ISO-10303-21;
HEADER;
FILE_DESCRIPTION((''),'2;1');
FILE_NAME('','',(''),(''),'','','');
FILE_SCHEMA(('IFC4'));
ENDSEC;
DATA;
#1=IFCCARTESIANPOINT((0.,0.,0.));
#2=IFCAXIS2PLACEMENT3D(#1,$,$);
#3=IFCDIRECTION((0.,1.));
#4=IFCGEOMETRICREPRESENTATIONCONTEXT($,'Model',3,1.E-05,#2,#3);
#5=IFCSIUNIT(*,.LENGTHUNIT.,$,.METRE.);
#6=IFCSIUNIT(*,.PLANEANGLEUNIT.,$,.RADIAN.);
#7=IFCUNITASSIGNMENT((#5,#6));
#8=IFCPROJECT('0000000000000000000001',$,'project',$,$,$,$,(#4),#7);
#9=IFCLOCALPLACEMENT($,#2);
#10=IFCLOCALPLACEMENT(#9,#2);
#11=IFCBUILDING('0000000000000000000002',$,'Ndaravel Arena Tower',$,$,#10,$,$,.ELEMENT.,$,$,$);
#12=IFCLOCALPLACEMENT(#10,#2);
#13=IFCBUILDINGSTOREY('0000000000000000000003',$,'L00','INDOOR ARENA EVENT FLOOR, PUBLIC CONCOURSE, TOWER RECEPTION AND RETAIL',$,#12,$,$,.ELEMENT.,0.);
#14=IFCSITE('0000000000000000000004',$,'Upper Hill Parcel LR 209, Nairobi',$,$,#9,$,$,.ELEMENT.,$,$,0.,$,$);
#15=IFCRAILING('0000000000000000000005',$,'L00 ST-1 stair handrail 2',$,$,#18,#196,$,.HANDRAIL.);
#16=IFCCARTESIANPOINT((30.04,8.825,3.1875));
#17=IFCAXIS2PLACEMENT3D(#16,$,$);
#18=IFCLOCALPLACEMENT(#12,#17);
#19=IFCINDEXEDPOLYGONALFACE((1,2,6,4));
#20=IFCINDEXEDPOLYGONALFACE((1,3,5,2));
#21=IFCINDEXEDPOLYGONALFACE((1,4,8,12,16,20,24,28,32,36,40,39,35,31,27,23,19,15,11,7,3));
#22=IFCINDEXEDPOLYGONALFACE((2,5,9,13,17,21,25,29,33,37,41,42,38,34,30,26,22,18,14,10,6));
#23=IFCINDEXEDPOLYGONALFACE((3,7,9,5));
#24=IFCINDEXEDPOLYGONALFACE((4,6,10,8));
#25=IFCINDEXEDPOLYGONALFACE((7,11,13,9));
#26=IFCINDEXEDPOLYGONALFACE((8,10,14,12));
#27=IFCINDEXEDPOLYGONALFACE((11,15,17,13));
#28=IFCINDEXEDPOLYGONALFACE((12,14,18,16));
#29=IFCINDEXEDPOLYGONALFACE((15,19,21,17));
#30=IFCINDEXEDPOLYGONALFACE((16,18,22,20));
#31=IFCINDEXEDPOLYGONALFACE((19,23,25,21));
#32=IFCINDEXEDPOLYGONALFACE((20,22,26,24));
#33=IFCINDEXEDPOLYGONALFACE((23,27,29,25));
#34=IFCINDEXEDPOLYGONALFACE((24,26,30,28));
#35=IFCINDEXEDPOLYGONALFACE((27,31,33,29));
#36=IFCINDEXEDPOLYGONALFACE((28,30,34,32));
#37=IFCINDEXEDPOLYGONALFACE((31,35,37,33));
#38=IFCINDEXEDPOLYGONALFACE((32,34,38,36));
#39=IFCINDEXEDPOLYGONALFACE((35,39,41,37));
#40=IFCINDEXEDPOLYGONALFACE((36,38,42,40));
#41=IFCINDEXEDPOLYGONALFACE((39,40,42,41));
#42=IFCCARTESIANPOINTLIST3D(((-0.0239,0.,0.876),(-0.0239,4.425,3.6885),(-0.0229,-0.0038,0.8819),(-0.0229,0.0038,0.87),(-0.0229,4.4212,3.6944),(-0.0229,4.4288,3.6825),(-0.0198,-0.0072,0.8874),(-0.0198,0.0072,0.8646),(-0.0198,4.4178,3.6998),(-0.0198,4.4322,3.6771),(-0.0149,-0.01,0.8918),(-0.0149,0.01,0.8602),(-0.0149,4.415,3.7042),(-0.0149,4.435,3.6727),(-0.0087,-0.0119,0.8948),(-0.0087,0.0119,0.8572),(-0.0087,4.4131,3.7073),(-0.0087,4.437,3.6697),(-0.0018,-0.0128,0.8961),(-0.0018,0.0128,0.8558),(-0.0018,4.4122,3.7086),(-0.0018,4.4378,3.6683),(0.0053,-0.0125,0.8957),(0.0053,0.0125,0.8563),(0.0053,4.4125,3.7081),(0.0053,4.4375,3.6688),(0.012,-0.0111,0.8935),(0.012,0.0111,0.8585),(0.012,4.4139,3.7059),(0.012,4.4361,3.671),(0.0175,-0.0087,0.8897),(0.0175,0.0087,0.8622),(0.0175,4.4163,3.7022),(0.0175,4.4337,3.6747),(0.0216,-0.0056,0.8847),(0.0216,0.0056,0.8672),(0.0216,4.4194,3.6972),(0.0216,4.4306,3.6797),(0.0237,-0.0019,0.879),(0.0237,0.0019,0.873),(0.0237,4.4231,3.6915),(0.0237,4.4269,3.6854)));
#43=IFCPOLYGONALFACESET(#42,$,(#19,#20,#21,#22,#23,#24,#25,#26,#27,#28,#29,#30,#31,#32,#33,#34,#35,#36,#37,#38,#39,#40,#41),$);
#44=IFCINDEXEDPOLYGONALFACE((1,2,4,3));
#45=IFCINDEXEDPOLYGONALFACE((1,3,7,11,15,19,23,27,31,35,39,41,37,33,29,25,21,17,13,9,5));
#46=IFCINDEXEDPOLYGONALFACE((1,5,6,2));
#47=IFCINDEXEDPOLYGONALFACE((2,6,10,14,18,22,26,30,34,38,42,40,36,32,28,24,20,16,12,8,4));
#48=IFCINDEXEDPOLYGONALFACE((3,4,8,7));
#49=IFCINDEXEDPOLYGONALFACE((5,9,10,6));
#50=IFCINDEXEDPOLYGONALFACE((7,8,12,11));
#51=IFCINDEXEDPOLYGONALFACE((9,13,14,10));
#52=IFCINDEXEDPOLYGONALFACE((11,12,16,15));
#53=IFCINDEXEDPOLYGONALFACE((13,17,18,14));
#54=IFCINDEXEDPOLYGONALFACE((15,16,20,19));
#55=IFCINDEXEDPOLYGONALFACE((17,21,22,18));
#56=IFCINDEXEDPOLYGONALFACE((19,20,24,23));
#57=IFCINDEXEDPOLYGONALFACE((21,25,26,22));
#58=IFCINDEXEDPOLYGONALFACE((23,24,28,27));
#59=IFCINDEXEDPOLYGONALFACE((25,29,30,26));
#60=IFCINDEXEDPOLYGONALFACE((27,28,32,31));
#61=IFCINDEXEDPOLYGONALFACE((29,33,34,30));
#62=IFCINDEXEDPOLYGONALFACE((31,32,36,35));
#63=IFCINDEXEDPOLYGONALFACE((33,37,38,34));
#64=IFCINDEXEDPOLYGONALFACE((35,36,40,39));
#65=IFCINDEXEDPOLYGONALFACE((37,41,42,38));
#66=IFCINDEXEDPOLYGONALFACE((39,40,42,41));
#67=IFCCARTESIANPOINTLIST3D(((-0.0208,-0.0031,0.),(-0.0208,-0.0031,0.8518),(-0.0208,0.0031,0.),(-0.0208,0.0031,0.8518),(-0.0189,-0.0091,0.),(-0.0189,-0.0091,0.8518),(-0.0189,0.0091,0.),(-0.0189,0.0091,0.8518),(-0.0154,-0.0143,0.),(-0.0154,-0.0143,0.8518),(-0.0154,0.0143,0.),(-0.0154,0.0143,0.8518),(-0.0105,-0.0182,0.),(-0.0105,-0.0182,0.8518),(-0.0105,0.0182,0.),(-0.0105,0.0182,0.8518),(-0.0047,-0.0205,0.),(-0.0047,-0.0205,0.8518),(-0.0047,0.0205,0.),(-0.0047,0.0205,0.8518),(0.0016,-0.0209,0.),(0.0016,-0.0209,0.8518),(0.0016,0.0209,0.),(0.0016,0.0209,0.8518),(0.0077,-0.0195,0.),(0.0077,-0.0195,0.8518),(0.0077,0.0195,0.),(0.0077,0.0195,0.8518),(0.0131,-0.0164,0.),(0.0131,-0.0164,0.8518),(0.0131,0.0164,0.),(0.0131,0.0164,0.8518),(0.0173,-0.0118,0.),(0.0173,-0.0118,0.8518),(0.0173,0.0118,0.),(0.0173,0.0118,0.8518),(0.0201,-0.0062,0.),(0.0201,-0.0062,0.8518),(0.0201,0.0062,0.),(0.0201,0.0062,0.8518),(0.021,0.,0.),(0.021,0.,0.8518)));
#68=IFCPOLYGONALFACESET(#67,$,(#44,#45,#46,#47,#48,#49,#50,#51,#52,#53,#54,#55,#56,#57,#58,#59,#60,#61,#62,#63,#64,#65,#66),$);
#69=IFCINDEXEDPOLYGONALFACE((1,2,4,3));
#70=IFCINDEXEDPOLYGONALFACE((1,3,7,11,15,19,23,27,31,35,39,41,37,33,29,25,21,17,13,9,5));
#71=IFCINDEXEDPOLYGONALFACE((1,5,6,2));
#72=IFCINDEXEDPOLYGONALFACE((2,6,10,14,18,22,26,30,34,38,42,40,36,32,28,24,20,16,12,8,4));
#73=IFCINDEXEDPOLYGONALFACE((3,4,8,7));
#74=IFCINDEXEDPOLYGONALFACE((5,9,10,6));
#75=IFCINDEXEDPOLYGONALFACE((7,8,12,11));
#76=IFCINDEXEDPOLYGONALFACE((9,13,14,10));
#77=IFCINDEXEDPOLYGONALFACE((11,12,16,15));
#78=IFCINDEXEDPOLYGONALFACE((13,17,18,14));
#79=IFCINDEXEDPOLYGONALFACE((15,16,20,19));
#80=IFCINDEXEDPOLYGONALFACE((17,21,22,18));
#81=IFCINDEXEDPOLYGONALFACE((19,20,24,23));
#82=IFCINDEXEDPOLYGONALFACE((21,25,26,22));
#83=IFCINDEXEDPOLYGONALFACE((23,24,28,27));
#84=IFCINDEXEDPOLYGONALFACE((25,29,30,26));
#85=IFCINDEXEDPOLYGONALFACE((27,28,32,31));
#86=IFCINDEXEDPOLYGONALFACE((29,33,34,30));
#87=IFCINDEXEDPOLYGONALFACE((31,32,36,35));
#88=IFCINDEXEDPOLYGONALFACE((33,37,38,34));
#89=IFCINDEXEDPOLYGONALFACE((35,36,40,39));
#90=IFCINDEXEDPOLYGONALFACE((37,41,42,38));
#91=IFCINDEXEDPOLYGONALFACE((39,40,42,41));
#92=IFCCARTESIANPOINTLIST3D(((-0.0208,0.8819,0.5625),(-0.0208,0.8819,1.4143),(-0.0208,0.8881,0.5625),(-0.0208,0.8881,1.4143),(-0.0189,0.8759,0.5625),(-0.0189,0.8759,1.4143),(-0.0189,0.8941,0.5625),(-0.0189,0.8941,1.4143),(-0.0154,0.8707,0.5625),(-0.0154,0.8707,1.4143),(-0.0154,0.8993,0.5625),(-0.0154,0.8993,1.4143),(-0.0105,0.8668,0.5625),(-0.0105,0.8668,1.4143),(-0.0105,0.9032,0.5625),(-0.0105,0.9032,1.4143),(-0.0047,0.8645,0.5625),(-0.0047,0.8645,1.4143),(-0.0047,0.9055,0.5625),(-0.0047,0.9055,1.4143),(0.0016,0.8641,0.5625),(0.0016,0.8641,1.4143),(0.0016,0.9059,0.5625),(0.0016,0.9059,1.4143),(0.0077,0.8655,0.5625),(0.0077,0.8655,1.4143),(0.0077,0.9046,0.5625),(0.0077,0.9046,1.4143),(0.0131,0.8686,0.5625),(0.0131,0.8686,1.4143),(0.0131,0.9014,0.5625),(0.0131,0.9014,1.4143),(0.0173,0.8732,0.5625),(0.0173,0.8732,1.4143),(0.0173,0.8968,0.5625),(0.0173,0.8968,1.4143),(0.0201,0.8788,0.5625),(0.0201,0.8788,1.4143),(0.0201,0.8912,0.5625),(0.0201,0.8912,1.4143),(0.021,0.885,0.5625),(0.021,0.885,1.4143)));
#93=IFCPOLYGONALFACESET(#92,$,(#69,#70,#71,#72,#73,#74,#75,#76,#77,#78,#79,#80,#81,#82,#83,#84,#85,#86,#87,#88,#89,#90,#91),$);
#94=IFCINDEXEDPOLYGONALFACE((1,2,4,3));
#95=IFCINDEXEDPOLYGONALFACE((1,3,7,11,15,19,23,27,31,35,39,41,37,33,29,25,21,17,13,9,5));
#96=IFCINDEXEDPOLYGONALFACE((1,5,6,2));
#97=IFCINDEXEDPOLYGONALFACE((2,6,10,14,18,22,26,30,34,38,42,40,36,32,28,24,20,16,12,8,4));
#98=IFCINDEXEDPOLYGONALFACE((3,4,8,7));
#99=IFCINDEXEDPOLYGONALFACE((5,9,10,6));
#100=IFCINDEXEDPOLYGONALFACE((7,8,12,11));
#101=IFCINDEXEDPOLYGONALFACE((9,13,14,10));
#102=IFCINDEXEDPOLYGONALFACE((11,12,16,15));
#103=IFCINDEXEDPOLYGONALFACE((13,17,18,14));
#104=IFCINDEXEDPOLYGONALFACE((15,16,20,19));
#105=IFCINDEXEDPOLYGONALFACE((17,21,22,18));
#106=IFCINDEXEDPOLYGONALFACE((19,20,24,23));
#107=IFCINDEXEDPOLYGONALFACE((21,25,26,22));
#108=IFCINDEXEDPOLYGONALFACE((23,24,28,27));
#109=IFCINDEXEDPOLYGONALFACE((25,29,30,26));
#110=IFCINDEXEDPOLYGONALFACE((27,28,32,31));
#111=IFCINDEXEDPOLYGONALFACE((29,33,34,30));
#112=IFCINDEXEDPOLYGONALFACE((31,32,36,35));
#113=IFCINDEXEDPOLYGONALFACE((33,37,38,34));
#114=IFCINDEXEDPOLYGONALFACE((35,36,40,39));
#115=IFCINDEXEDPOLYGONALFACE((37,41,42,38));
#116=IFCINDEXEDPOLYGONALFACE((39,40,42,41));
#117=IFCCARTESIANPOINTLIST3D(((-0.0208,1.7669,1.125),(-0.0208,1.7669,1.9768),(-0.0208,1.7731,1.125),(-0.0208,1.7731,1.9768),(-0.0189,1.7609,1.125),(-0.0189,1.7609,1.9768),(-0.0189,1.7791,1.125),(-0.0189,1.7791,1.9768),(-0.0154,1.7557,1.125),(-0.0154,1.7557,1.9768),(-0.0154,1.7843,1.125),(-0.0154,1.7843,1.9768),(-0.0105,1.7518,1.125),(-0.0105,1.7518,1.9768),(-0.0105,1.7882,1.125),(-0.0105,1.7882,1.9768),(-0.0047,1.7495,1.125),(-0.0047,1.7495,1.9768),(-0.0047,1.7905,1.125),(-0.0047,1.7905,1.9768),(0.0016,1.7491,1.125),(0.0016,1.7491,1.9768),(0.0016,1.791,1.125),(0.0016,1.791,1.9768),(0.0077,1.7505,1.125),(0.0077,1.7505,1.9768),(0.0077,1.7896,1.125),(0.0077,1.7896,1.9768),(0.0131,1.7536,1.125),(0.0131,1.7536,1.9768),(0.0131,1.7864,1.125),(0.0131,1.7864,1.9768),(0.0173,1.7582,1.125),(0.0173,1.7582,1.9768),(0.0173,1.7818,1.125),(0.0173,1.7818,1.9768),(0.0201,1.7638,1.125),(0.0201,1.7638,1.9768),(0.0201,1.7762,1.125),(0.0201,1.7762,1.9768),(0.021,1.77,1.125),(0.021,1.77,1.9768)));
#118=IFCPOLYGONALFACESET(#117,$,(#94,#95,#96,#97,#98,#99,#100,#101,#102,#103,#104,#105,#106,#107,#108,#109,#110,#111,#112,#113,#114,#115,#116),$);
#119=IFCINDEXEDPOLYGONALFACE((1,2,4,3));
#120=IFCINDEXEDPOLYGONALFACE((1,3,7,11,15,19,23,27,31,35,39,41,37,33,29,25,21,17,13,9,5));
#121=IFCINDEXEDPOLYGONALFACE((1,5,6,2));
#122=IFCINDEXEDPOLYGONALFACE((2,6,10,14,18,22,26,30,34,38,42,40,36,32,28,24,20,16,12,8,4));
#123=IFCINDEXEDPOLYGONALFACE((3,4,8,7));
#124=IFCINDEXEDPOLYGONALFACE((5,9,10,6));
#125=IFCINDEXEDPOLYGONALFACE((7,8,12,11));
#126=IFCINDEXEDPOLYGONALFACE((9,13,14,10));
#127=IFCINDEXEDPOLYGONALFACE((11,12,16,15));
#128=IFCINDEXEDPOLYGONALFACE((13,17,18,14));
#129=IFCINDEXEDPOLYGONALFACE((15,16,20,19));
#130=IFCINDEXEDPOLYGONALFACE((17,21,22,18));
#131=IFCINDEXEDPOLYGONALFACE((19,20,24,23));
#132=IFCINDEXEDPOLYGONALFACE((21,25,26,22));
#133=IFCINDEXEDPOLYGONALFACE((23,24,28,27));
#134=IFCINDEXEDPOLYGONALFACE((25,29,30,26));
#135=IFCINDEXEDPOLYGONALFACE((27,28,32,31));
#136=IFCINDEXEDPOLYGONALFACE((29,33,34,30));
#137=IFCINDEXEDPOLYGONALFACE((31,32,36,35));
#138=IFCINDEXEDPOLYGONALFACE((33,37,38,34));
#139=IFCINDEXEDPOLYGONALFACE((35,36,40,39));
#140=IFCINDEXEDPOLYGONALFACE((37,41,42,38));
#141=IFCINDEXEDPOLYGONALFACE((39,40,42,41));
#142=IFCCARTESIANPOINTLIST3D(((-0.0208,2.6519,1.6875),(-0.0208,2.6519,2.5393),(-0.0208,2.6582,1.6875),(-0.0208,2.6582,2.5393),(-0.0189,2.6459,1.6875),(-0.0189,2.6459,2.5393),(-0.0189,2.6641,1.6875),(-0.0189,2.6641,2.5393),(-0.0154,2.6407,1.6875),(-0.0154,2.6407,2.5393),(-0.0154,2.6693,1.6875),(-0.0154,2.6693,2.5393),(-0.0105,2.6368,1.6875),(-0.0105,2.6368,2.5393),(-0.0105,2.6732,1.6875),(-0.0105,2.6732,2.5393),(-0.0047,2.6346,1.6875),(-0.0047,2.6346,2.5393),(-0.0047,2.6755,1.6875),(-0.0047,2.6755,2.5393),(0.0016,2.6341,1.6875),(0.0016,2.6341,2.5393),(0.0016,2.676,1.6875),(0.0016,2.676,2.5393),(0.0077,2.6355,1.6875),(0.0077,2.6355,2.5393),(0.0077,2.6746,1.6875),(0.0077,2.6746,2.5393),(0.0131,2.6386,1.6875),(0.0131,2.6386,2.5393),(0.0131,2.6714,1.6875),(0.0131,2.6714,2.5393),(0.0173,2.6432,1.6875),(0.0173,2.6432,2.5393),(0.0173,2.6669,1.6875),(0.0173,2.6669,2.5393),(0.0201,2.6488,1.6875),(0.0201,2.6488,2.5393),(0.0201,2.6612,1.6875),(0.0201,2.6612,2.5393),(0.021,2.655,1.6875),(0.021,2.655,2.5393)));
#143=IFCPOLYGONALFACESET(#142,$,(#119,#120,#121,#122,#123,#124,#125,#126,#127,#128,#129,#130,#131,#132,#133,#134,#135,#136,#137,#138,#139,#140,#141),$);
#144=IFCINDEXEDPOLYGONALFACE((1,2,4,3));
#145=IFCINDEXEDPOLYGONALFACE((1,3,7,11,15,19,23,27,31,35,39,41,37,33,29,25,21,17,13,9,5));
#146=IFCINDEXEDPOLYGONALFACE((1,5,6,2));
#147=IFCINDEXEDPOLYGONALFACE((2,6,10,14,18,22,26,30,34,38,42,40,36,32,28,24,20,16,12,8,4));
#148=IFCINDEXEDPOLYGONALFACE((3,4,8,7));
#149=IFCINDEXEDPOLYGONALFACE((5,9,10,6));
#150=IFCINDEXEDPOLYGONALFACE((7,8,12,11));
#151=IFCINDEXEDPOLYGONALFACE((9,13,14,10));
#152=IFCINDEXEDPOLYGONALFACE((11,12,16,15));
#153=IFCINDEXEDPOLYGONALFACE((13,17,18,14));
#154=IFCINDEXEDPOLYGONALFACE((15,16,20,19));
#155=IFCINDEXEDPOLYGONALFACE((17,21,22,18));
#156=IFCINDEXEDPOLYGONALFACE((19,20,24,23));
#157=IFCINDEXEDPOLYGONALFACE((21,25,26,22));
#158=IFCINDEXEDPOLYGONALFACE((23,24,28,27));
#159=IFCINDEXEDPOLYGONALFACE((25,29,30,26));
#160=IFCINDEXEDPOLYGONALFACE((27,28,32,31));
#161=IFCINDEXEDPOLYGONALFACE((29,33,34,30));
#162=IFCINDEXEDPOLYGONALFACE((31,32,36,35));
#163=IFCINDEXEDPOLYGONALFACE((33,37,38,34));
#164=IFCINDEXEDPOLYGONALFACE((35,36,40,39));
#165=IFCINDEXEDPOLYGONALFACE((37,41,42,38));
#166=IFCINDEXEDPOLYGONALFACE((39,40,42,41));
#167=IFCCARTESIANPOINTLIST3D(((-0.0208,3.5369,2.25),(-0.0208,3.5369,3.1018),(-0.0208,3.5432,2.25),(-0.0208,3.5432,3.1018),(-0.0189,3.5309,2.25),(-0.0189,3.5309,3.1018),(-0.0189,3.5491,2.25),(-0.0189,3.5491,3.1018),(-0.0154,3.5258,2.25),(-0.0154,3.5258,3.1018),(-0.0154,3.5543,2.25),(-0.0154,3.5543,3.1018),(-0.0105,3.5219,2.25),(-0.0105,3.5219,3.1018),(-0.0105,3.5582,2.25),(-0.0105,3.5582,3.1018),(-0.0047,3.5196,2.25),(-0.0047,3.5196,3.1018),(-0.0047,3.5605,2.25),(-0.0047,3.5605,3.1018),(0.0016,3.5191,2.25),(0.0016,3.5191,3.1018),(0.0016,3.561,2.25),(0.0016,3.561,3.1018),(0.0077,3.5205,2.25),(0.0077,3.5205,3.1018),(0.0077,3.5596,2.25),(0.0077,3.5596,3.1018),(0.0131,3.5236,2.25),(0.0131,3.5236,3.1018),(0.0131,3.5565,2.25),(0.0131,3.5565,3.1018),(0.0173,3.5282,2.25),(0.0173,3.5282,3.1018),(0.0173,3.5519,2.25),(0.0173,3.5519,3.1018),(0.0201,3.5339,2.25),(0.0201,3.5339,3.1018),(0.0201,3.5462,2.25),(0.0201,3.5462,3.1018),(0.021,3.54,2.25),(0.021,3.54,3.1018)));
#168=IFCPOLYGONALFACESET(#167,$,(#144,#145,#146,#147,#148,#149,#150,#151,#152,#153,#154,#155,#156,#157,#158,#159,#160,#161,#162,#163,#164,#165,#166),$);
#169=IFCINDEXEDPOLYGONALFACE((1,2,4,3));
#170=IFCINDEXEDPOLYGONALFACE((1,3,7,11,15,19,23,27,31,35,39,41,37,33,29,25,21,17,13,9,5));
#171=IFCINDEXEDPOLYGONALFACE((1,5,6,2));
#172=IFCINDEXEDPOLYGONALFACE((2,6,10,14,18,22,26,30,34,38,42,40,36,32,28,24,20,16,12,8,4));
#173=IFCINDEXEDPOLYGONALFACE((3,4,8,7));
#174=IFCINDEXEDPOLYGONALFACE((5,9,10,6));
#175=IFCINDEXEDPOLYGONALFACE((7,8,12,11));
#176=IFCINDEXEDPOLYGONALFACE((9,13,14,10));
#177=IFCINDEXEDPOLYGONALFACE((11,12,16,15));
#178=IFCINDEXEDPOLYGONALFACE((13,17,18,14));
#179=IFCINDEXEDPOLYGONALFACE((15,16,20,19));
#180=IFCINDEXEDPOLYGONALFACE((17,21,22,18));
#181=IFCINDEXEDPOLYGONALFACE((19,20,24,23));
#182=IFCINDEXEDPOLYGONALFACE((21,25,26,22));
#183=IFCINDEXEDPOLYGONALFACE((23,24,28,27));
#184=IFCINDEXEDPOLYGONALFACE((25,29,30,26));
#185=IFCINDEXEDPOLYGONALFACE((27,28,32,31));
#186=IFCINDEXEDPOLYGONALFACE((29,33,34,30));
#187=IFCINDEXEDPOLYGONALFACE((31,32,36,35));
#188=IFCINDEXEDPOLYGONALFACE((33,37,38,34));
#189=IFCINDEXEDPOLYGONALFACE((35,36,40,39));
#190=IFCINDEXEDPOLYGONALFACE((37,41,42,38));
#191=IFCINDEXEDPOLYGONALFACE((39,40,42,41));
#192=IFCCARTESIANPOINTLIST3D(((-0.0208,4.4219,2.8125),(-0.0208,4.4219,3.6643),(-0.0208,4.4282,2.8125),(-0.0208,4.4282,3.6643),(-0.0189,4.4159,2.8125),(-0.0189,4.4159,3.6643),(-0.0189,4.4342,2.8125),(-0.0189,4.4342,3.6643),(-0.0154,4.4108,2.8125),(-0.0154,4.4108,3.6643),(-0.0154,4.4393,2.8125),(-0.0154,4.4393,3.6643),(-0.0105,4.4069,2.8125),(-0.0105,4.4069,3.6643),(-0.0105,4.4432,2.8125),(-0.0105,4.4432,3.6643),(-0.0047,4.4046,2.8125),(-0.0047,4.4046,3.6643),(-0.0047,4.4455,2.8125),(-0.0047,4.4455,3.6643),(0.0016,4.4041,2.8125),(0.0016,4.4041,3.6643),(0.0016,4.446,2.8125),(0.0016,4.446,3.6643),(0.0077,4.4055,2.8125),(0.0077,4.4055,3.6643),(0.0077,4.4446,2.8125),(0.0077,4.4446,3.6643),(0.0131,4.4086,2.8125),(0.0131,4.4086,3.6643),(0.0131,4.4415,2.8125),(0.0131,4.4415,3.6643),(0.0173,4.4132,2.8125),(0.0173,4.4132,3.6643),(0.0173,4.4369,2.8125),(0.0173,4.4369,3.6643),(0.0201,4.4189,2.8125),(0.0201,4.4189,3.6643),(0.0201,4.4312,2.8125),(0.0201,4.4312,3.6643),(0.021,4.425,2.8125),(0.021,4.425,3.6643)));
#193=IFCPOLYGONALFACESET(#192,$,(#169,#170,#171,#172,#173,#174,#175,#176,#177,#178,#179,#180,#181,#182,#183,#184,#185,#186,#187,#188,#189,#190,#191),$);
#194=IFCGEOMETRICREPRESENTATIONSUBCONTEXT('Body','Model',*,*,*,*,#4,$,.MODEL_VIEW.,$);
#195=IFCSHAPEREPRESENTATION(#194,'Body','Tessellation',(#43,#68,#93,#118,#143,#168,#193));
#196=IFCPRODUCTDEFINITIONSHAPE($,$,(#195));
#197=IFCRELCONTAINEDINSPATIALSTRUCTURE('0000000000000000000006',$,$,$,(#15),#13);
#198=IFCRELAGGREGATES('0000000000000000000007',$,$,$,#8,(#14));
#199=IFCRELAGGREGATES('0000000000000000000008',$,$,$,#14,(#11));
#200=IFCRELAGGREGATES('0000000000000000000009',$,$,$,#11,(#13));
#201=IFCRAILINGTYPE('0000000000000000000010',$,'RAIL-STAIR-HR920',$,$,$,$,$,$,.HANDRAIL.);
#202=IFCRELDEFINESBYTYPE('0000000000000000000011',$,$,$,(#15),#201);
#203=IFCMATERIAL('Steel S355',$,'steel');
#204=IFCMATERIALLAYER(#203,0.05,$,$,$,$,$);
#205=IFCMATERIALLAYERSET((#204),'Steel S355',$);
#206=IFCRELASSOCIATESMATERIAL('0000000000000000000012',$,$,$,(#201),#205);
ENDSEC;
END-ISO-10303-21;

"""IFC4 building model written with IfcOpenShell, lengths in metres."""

from ifc_helpers import new_model, si_unit, direction, frame, origin, origin_2d, place, context, subcontext, project, spatial, circle, extrude, material, layer, layer_set, type_object, element, save


model = new_model("IFC4")

# Units and contexts
model_context = context("Model", 3, precision=1e-05, world=origin(), true_north=direction((0.0, 1.0)))
body_context = subcontext(model_context, "Body", "Model", "MODEL_VIEW")
ifc_project = project(units=[si_unit("LENGTHUNIT", "METRE"), si_unit("PLANEANGLEUNIT", "RADIAN")], contexts=[model_context])

# Site, building, storey
site_placement = place(None, origin())
site = spatial("IfcSite", under=ifc_project, at=site_placement, Name="Upper Hill Parcel LR 209, Nairobi", CompositionType="ELEMENT", RefElevation=0.0)
building_placement = place(site_placement, origin())
building = spatial("IfcBuilding", under=site, at=building_placement, Name="Ndaravel Arena Tower", CompositionType="ELEMENT")
storey_placement = place(building_placement, origin())
storey = spatial("IfcBuildingStorey", under=building, at=storey_placement, Name="L00", Description="INDOOR ARENA EVENT FLOOR, PUBLIC CONCOURSE, TOWER RECEPTION AND RETAIL", CompositionType="ELEMENT", Elevation=0.0)

# Railing
ifc_material_1 = material(Name="Steel S355", Category="steel")
ifc_layer_1 = layer(ifc_material_1, 0.05)
ifc_layer_set_1 = layer_set([ifc_layer_1], Name="Steel S355")
railing_type_1 = type_object("IfcRailingType", Name="RAIL-STAIR-HR920", PredefinedType="HANDRAIL", material=ifc_layer_set_1)
railing_1_placement = place(storey_placement, frame((30.04, 8.825, 3.1875)))
element("IfcRailing", 1, at=railing_1_placement, inside=storey, type_object=railing_type_1, Name="L00 ST-1 stair handrail 2", PredefinedType="HANDRAIL", context=body_context, shape_type="SweptSolid", body=[
    extrude(circle(Radius=0.0239, at=origin_2d()), frame((0.0, 0.0, 0.876), z_axis=(0.0, 0.843959, 0.536408), x_axis=(-1.0, 0.0, 0.0)), (0.0, 0.0, 1.0), 5.2432),
    extrude(circle(Radius=0.021, at=origin_2d()), origin(), (0.0, 0.0, 1.0), 0.8518),
    extrude(circle(Radius=0.021, at=origin_2d()), frame((0.0, 0.885, 0.5625)), (0.0, 0.0, 1.0), 0.8518),
    extrude(circle(Radius=0.021, at=origin_2d()), frame((0.0, 1.77, 1.125)), (0.0, 0.0, 1.0), 0.8518),
    extrude(circle(Radius=0.021, at=origin_2d()), frame((0.0, 2.655, 1.6875)), (0.0, 0.0, 1.0), 0.8518),
    extrude(circle(Radius=0.021, at=origin_2d()), frame((0.0, 3.54, 2.25)), (0.0, 0.0, 1.0), 0.8518),
    extrude(circle(Radius=0.021, at=origin_2d()), frame((0.0, 4.425, 2.8125)), (0.0, 0.0, 1.0), 0.8518),
])

save(model, "model.ifc")
